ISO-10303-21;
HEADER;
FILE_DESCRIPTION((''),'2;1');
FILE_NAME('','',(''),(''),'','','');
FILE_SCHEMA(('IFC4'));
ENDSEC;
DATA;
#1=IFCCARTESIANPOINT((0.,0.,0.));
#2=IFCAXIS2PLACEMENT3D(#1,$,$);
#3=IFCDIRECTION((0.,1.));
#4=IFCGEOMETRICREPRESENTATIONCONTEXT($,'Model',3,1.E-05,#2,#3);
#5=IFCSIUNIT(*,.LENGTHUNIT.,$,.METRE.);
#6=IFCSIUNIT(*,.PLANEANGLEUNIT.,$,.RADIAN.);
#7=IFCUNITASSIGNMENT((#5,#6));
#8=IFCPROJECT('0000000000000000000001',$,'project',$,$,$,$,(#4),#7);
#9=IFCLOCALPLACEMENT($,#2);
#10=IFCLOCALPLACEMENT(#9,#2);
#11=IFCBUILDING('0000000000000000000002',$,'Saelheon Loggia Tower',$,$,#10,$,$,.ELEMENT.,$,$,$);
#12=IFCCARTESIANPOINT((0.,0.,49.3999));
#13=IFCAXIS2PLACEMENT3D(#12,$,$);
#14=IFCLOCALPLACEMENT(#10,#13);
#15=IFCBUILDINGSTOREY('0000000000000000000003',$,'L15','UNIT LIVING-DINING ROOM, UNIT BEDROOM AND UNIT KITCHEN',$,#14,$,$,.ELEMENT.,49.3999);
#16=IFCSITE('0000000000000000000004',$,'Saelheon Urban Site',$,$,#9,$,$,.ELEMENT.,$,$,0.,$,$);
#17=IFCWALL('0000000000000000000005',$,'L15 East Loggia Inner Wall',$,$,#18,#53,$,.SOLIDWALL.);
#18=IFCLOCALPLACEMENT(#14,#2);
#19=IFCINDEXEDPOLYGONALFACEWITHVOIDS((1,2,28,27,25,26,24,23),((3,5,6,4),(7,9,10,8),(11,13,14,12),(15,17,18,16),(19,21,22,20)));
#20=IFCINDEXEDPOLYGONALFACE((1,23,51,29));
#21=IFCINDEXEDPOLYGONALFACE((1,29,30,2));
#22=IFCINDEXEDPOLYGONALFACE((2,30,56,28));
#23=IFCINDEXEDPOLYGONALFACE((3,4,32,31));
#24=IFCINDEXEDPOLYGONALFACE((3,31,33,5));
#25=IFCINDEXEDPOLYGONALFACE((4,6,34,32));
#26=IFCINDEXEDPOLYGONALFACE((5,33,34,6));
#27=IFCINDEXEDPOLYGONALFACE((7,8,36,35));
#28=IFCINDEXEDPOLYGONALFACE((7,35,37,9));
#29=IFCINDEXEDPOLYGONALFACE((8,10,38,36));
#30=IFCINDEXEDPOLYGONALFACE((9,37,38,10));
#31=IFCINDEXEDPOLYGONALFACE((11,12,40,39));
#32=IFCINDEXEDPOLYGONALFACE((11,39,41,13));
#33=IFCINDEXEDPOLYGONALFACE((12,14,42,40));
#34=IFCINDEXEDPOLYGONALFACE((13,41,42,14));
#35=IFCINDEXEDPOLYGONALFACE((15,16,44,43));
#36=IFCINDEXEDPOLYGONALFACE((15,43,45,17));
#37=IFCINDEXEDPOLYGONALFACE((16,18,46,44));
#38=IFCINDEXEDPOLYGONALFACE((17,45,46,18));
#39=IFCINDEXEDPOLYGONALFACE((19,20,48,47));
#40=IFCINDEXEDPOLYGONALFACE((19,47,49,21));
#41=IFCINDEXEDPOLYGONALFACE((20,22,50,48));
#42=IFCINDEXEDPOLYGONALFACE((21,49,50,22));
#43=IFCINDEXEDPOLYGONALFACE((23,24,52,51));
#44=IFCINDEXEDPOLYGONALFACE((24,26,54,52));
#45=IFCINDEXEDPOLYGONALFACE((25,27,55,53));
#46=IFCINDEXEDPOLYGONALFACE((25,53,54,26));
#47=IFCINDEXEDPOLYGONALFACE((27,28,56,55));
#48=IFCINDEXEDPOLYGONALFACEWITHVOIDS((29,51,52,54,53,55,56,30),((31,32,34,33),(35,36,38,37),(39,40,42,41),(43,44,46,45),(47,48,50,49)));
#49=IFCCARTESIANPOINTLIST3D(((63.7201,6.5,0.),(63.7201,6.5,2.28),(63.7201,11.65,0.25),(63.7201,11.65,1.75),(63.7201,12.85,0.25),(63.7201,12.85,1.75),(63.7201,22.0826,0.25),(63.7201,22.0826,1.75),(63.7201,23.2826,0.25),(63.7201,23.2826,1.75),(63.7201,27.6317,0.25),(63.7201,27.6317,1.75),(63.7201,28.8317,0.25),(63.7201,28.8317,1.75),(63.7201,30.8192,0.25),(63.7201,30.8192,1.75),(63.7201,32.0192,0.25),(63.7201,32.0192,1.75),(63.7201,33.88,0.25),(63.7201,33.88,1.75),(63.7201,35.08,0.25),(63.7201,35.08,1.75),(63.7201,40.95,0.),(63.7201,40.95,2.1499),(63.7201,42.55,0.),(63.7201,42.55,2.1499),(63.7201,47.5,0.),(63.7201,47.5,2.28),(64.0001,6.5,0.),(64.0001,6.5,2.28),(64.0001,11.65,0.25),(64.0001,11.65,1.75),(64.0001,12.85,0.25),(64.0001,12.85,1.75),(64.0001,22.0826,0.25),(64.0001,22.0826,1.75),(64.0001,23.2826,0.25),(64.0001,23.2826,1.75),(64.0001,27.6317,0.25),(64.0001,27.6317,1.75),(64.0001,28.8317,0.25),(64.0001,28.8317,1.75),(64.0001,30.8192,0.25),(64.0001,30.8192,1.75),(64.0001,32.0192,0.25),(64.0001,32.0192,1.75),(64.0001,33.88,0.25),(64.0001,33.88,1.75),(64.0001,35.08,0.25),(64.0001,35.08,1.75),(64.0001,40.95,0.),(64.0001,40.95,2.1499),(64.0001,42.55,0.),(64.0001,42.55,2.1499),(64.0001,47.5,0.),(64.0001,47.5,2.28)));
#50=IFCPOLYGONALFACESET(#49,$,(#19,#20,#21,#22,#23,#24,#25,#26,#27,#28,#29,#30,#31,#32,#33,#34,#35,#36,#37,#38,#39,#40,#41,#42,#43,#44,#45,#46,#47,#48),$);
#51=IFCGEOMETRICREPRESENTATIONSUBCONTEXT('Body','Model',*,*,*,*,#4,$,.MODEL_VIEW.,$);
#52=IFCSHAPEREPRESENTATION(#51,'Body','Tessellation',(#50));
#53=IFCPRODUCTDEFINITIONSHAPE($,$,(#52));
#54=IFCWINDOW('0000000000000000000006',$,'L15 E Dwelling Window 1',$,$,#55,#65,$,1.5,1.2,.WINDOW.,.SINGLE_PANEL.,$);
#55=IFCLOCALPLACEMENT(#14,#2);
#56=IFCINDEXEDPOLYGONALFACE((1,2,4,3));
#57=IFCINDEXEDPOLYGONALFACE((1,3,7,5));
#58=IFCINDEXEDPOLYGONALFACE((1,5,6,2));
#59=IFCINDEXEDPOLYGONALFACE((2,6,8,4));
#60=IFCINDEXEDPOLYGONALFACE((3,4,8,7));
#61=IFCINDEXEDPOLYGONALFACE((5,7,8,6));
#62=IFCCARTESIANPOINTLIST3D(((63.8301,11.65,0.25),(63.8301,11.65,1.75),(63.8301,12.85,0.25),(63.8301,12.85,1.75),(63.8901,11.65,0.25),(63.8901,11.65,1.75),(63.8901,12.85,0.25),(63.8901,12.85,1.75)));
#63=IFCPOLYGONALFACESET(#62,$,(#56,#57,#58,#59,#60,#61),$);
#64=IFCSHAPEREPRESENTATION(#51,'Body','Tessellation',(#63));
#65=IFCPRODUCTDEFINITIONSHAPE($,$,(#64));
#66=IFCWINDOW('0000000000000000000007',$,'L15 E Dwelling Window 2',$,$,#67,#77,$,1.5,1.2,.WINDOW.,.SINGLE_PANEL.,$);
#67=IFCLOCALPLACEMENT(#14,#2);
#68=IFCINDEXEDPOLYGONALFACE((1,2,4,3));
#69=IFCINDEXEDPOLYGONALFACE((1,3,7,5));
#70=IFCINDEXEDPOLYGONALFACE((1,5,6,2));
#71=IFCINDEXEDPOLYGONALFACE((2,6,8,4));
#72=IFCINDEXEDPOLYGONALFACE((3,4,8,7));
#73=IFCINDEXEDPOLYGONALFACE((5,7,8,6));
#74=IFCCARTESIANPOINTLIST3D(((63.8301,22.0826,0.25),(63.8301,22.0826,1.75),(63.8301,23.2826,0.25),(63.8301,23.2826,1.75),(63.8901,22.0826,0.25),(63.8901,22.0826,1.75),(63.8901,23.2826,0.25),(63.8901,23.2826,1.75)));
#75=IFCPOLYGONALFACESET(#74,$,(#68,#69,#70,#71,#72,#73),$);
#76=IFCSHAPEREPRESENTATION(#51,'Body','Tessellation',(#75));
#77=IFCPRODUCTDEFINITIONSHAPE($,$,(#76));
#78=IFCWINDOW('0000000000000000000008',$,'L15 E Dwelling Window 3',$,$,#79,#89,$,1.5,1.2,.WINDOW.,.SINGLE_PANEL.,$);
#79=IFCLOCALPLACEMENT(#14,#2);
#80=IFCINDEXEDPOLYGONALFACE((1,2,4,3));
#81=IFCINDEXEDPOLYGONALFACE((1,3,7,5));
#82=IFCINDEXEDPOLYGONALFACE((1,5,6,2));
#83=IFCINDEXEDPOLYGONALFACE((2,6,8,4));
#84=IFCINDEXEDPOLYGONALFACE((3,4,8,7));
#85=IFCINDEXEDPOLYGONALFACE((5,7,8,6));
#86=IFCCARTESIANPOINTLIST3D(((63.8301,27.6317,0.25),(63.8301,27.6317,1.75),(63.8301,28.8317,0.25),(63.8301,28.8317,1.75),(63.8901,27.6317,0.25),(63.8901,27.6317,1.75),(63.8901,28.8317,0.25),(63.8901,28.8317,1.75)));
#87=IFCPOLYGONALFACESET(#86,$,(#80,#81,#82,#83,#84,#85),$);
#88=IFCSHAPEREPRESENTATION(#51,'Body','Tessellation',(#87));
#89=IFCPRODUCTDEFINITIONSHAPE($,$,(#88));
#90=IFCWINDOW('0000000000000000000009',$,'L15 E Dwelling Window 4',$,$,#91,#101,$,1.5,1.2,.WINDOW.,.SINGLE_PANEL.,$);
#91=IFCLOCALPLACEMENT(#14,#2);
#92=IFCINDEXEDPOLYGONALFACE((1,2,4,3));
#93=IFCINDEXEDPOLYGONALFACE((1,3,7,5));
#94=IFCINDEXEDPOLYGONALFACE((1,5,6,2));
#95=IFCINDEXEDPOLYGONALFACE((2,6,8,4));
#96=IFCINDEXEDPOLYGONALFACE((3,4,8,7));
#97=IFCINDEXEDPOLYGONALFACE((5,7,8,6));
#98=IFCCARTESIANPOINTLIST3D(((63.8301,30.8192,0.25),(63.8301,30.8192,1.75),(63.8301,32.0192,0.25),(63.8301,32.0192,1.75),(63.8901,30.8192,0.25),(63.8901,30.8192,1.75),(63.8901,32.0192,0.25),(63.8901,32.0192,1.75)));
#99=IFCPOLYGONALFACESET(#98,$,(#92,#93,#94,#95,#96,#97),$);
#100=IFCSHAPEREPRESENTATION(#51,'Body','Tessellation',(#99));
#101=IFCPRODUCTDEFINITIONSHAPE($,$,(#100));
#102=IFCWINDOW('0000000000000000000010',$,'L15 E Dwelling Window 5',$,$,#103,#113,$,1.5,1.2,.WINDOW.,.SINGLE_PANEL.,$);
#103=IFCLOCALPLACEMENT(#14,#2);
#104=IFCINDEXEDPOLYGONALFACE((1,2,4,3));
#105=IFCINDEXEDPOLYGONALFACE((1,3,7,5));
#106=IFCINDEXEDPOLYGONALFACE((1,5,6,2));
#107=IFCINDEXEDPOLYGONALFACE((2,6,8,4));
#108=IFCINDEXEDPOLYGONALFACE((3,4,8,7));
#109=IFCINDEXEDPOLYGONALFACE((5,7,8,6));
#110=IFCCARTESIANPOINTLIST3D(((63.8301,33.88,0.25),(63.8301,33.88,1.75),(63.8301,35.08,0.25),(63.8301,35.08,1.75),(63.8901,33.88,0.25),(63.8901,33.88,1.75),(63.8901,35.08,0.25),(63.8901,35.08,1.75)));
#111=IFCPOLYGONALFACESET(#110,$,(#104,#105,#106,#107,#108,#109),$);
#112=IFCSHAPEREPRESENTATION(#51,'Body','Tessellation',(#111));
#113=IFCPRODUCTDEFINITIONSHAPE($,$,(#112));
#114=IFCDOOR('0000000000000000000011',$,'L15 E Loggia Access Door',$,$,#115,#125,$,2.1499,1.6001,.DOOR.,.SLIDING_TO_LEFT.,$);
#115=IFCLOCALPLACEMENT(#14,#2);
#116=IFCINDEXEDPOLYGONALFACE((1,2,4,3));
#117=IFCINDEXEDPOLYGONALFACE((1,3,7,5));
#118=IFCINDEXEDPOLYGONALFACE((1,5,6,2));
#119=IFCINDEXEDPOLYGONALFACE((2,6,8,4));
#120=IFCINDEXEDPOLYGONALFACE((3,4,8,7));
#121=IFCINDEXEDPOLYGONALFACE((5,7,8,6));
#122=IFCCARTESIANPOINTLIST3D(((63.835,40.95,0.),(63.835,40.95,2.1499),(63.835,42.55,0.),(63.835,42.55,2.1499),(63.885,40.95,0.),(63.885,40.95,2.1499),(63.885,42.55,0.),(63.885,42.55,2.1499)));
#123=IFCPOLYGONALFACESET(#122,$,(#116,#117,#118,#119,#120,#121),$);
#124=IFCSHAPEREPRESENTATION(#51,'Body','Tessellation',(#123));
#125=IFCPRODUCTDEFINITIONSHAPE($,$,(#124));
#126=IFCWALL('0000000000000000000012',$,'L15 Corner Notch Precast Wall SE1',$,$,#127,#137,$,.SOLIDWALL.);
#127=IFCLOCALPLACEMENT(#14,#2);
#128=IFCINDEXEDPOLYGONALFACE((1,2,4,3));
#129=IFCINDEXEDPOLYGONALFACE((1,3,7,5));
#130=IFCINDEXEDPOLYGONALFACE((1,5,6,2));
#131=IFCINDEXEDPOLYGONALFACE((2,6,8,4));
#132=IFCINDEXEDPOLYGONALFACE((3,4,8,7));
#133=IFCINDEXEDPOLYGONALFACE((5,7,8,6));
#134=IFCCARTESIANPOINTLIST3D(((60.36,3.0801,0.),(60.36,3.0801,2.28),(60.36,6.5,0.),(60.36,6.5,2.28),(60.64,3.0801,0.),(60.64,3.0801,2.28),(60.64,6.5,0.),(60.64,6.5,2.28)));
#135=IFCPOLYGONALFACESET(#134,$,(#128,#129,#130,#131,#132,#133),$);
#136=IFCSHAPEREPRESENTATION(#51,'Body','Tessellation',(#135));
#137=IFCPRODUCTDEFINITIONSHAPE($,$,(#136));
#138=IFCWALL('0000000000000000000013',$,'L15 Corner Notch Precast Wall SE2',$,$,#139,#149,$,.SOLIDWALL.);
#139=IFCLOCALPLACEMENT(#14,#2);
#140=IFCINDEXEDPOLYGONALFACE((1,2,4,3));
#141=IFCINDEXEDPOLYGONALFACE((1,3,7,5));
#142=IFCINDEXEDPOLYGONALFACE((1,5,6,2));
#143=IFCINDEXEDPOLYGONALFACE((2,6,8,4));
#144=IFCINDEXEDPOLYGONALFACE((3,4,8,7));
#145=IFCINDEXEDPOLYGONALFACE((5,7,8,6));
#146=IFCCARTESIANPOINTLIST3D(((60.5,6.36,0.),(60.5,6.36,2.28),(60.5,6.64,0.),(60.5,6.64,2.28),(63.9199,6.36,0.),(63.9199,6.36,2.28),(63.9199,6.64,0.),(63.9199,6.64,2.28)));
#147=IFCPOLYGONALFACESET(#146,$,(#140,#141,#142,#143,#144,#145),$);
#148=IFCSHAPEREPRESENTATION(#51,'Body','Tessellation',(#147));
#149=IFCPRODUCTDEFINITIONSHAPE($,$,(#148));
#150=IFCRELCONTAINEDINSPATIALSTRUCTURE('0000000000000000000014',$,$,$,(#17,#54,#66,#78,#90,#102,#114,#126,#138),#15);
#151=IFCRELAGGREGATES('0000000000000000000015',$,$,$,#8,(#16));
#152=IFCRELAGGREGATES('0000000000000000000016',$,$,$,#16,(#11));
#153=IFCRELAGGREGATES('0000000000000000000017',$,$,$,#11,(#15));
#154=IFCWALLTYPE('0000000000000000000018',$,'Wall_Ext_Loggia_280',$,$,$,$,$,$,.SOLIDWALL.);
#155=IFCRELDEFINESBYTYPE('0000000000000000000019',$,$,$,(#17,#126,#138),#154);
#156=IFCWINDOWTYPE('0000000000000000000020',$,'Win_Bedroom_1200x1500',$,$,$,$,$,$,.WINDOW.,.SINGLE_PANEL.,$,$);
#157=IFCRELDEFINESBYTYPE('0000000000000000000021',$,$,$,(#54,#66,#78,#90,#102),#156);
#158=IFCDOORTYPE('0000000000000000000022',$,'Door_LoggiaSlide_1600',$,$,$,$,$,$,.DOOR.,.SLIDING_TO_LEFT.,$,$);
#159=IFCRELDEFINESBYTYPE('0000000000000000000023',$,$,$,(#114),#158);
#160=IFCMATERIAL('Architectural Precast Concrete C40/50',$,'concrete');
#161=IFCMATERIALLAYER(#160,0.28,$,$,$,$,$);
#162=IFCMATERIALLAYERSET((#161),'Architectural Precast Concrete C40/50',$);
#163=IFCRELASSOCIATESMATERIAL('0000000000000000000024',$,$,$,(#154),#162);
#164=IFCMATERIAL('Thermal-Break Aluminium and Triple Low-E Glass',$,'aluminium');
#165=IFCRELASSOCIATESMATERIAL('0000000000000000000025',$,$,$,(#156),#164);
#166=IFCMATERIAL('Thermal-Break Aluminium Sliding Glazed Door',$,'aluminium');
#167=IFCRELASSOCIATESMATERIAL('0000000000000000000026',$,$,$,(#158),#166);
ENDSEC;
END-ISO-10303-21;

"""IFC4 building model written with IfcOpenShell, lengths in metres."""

from ifc_helpers import new_model, si_unit, direction, frame, frame_2d, origin, place, context, subcontext, project, spatial, rectangle, extrude, source, transform, mapped, material, layer, layer_set, type_object, element, fill, save


model = new_model("IFC4")

# Units and contexts
model_context = context("Model", 3, precision=1e-05, world=origin(), true_north=direction((0.0, 1.0)))
body_context = subcontext(model_context, "Body", "Model", "MODEL_VIEW")
ifc_project = project(units=[si_unit("LENGTHUNIT", "METRE"), si_unit("PLANEANGLEUNIT", "RADIAN")], contexts=[model_context])

# Site, building, storey
site_placement = place(None, origin())
site = spatial("IfcSite", under=ifc_project, at=site_placement, Name="Saelheon Urban Site", CompositionType="ELEMENT", RefElevation=0.0)
building_placement = place(site_placement, origin())
building = spatial("IfcBuilding", under=site, at=building_placement, Name="Saelheon Loggia Tower", CompositionType="ELEMENT")
storey_placement = place(building_placement, frame((0.0, 0.0, 49.3999)))
storey = spatial("IfcBuildingStorey", under=building, at=storey_placement, Name="L15", Description="UNIT LIVING-DINING ROOM, UNIT BEDROOM AND UNIT KITCHEN", CompositionType="ELEMENT", Elevation=49.3999)

# Wall, openings, windows, door
ifc_material_1 = material(Name="Architectural Precast Concrete C40/50", Category="concrete")
ifc_layer_1 = layer(ifc_material_1, 0.28)
ifc_layer_set_1 = layer_set([ifc_layer_1], Name="Architectural Precast Concrete C40/50")
wall_type_1 = type_object("IfcWallType", Name="Wall_Ext_Loggia_280", PredefinedType="SOLIDWALL", material=ifc_layer_set_1)
wall_1_placement = place(storey_placement, frame((63.8601, 6.5, 0.0), z_axis=(0.0, 0.0, 1.0), x_axis=(0.0, 1.0, 0.0)))
wall_1 = element("IfcWall", 1, at=wall_1_placement, inside=storey, type_object=wall_type_1, Name="L15 East Loggia Inner Wall", PredefinedType="SOLIDWALL", context=body_context, shape_type="SweptSolid", body=[
    extrude(rectangle(XDim=41.0, YDim=0.28, at=frame_2d((20.5, 0.0))), origin(), (0.0, 0.0, 1.0), 2.28),
])
opening_1_placement = place(wall_1_placement, frame((5.1499, 0.0, 0.25)))
opening_1 = element("IfcOpeningElement", 2, at=opening_1_placement, cuts=wall_1, PredefinedType="OPENING", context=body_context, shape_type="SweptSolid", body=[
    extrude(rectangle(XDim=1.2, YDim=1.5, at=frame_2d((0.6001, 0.75))), frame((0.0, 0.1521, 0.0), z_axis=(0.0, -1.0, 0.0), x_axis=(1.0, 0.0, 0.0)), (0.0, 0.0, 1.0), 0.304),
])
opening_2_placement = place(wall_1_placement, frame((15.5825, 0.0, 0.25)))
opening_2 = element("IfcOpeningElement", 3, at=opening_2_placement, cuts=wall_1, PredefinedType="OPENING", context=body_context, shape_type="SweptSolid", body=[
    extrude(rectangle(XDim=1.2, YDim=1.5, at=frame_2d((0.6001, 0.75))), frame((0.0, 0.1521, 0.0), z_axis=(0.0, -1.0, 0.0), x_axis=(1.0, 0.0, 0.0)), (0.0, 0.0, 1.0), 0.304),
])
opening_3_placement = place(wall_1_placement, frame((21.1316, 0.0, 0.25)))
opening_3 = element("IfcOpeningElement", 4, at=opening_3_placement, cuts=wall_1, PredefinedType="OPENING", context=body_context, shape_type="SweptSolid", body=[
    extrude(rectangle(XDim=1.2, YDim=1.5, at=frame_2d((0.6001, 0.75))), frame((0.0, 0.1521, 0.0), z_axis=(0.0, -1.0, 0.0), x_axis=(1.0, 0.0, 0.0)), (0.0, 0.0, 1.0), 0.304),
])
opening_4_placement = place(wall_1_placement, frame((24.3191, 0.0, 0.25)))
opening_4 = element("IfcOpeningElement", 5, at=opening_4_placement, cuts=wall_1, PredefinedType="OPENING", context=body_context, shape_type="SweptSolid", body=[
    extrude(rectangle(XDim=1.2, YDim=1.5, at=frame_2d((0.6001, 0.75))), frame((0.0, 0.1521, 0.0), z_axis=(0.0, -1.0, 0.0), x_axis=(1.0, 0.0, 0.0)), (0.0, 0.0, 1.0), 0.304),
])
opening_5_placement = place(wall_1_placement, frame((27.3799, 0.0, 0.25)))
opening_5 = element("IfcOpeningElement", 6, at=opening_5_placement, cuts=wall_1, PredefinedType="OPENING", context=body_context, shape_type="SweptSolid", body=[
    extrude(rectangle(XDim=1.2, YDim=1.5, at=frame_2d((0.6001, 0.75))), frame((0.0, 0.1521, 0.0), z_axis=(0.0, -1.0, 0.0), x_axis=(1.0, 0.0, 0.0)), (0.0, 0.0, 1.0), 0.304),
])
opening_6_placement = place(wall_1_placement, frame((36.05, 0.0, 0.0), z_axis=(0.0, 0.0, 1.0), x_axis=(-1.0, 0.0, 0.0)))
opening_6 = element("IfcOpeningElement", 7, at=opening_6_placement, cuts=wall_1, PredefinedType="OPENING", context=body_context, shape_type="SweptSolid", body=[
    extrude(rectangle(XDim=1.6001, YDim=2.1499, at=frame_2d((0.8, 1.075))), frame((0.0, 0.1521, 0.0), z_axis=(0.0, -1.0, 0.0), x_axis=(1.0, 0.0, 0.0)), (0.0, 0.0, 1.0), 0.304),
])
ifc_material_2 = material(Name="Thermal-Break Aluminium and Triple Low-E Glass", Category="aluminium")
window_type = type_object("IfcWindowType", Name="Win_Bedroom_1200x1500", PartitioningType="SINGLE_PANEL", PredefinedType="WINDOW", material=ifc_material_2)
shared_shape_1 = source(origin(), body_context, "Body", "SweptSolid", [
    extrude(rectangle(XDim=1.2, YDim=1.5, at=frame_2d((0.6001, 0.75))), frame((0.0, 0.03, 0.0), z_axis=(0.0, -1.0, 0.0), x_axis=(1.0, 0.0, 0.0)), (0.0, 0.0, 1.0), 0.0601),
])
window_1_placement = place(opening_1_placement, origin())
window_1 = element("IfcWindow", 8, at=window_1_placement, inside=storey, type_object=window_type, Name="L15 E Dwelling Window 1", OverallHeight=1.5, OverallWidth=1.2, PartitioningType="SINGLE_PANEL", PredefinedType="WINDOW", context=body_context, shape_type="MappedRepresentation", body=[
    mapped(shared_shape_1, transform((0.0, 0.0, 0.0), scale=1.0)),
])
fill(opening_1, window_1)
window_2_placement = place(opening_2_placement, origin())
window_2 = element("IfcWindow", 9, at=window_2_placement, inside=storey, type_object=window_type, Name="L15 E Dwelling Window 2", OverallHeight=1.5, OverallWidth=1.2, PartitioningType="SINGLE_PANEL", PredefinedType="WINDOW", context=body_context, shape_type="MappedRepresentation", body=[
    mapped(shared_shape_1, transform((0.0, 0.0, 0.0), scale=1.0)),
])
fill(opening_2, window_2)
window_3_placement = place(opening_3_placement, origin())
window_3 = element("IfcWindow", 10, at=window_3_placement, inside=storey, type_object=window_type, Name="L15 E Dwelling Window 3", OverallHeight=1.5, OverallWidth=1.2, PartitioningType="SINGLE_PANEL", PredefinedType="WINDOW", context=body_context, shape_type="MappedRepresentation", body=[
    mapped(shared_shape_1, transform((0.0, 0.0, 0.0), scale=1.0)),
])
fill(opening_3, window_3)
window_4_placement = place(opening_4_placement, origin())
window_4 = element("IfcWindow", 11, at=window_4_placement, inside=storey, type_object=window_type, Name="L15 E Dwelling Window 4", OverallHeight=1.5, OverallWidth=1.2, PartitioningType="SINGLE_PANEL", PredefinedType="WINDOW", context=body_context, shape_type="MappedRepresentation", body=[
    mapped(shared_shape_1, transform((0.0, 0.0, 0.0), scale=1.0)),
])
fill(opening_4, window_4)
window_5_placement = place(opening_5_placement, origin())
window_5 = element("IfcWindow", 12, at=window_5_placement, inside=storey, type_object=window_type, Name="L15 E Dwelling Window 5", OverallHeight=1.5, OverallWidth=1.2, PartitioningType="SINGLE_PANEL", PredefinedType="WINDOW", context=body_context, shape_type="MappedRepresentation", body=[
    mapped(shared_shape_1, transform((0.0, 0.0, 0.0), scale=1.0)),
])
fill(opening_5, window_5)
ifc_material_3 = material(Name="Thermal-Break Aluminium Sliding Glazed Door", Category="aluminium")
door_type_1 = type_object("IfcDoorType", Name="Door_LoggiaSlide_1600", OperationType="SLIDING_TO_LEFT", PredefinedType="DOOR", material=ifc_material_3)
shared_shape_2 = source(origin(), body_context, "Body", "SweptSolid", [
    extrude(rectangle(XDim=1.6001, YDim=2.1499, at=frame_2d((0.8, 1.075))), frame((0.0, 0.0249, 0.0), z_axis=(0.0, -1.0, 0.0), x_axis=(1.0, 0.0, 0.0)), (0.0, 0.0, 1.0), 0.05),
])
door_1_placement = place(opening_6_placement, origin())
door_1 = element("IfcDoor", 13, at=door_1_placement, inside=storey, type_object=door_type_1, Name="L15 E Loggia Access Door", OperationType="SLIDING_TO_LEFT", OverallHeight=2.1499, OverallWidth=1.6001, PredefinedType="DOOR", context=body_context, shape_type="MappedRepresentation", body=[
    mapped(shared_shape_2, transform((0.0, 0.0, 0.0), scale=1.0)),
])
fill(opening_6, door_1)

# Walls
for number, where, z_axis, x_axis, name in (
    (14, (60.5, 3.0801, 0.0), (0.0, 0.0, 1.0), (0.0, 1.0, 0.0), "L15 Corner Notch Precast Wall SE1"),
    (15, (60.5, 6.5, 0.0), (0.0, 0.0, 1.0), (1.0, 0.0, 0.0), "L15 Corner Notch Precast Wall SE2"),
):
    element("IfcWall", number, at=place(storey_placement, frame(where, z_axis=z_axis, x_axis=x_axis)), inside=storey, type_object=wall_type_1, Name=name, PredefinedType="SOLIDWALL", context=body_context, shape_type="SweptSolid", body=[
        extrude(rectangle(XDim=3.4199, YDim=0.28, at=frame_2d((1.71, 0.0))), origin(), (0.0, 0.0, 1.0), 2.28),
    ])

save(model, "model.ifc")
